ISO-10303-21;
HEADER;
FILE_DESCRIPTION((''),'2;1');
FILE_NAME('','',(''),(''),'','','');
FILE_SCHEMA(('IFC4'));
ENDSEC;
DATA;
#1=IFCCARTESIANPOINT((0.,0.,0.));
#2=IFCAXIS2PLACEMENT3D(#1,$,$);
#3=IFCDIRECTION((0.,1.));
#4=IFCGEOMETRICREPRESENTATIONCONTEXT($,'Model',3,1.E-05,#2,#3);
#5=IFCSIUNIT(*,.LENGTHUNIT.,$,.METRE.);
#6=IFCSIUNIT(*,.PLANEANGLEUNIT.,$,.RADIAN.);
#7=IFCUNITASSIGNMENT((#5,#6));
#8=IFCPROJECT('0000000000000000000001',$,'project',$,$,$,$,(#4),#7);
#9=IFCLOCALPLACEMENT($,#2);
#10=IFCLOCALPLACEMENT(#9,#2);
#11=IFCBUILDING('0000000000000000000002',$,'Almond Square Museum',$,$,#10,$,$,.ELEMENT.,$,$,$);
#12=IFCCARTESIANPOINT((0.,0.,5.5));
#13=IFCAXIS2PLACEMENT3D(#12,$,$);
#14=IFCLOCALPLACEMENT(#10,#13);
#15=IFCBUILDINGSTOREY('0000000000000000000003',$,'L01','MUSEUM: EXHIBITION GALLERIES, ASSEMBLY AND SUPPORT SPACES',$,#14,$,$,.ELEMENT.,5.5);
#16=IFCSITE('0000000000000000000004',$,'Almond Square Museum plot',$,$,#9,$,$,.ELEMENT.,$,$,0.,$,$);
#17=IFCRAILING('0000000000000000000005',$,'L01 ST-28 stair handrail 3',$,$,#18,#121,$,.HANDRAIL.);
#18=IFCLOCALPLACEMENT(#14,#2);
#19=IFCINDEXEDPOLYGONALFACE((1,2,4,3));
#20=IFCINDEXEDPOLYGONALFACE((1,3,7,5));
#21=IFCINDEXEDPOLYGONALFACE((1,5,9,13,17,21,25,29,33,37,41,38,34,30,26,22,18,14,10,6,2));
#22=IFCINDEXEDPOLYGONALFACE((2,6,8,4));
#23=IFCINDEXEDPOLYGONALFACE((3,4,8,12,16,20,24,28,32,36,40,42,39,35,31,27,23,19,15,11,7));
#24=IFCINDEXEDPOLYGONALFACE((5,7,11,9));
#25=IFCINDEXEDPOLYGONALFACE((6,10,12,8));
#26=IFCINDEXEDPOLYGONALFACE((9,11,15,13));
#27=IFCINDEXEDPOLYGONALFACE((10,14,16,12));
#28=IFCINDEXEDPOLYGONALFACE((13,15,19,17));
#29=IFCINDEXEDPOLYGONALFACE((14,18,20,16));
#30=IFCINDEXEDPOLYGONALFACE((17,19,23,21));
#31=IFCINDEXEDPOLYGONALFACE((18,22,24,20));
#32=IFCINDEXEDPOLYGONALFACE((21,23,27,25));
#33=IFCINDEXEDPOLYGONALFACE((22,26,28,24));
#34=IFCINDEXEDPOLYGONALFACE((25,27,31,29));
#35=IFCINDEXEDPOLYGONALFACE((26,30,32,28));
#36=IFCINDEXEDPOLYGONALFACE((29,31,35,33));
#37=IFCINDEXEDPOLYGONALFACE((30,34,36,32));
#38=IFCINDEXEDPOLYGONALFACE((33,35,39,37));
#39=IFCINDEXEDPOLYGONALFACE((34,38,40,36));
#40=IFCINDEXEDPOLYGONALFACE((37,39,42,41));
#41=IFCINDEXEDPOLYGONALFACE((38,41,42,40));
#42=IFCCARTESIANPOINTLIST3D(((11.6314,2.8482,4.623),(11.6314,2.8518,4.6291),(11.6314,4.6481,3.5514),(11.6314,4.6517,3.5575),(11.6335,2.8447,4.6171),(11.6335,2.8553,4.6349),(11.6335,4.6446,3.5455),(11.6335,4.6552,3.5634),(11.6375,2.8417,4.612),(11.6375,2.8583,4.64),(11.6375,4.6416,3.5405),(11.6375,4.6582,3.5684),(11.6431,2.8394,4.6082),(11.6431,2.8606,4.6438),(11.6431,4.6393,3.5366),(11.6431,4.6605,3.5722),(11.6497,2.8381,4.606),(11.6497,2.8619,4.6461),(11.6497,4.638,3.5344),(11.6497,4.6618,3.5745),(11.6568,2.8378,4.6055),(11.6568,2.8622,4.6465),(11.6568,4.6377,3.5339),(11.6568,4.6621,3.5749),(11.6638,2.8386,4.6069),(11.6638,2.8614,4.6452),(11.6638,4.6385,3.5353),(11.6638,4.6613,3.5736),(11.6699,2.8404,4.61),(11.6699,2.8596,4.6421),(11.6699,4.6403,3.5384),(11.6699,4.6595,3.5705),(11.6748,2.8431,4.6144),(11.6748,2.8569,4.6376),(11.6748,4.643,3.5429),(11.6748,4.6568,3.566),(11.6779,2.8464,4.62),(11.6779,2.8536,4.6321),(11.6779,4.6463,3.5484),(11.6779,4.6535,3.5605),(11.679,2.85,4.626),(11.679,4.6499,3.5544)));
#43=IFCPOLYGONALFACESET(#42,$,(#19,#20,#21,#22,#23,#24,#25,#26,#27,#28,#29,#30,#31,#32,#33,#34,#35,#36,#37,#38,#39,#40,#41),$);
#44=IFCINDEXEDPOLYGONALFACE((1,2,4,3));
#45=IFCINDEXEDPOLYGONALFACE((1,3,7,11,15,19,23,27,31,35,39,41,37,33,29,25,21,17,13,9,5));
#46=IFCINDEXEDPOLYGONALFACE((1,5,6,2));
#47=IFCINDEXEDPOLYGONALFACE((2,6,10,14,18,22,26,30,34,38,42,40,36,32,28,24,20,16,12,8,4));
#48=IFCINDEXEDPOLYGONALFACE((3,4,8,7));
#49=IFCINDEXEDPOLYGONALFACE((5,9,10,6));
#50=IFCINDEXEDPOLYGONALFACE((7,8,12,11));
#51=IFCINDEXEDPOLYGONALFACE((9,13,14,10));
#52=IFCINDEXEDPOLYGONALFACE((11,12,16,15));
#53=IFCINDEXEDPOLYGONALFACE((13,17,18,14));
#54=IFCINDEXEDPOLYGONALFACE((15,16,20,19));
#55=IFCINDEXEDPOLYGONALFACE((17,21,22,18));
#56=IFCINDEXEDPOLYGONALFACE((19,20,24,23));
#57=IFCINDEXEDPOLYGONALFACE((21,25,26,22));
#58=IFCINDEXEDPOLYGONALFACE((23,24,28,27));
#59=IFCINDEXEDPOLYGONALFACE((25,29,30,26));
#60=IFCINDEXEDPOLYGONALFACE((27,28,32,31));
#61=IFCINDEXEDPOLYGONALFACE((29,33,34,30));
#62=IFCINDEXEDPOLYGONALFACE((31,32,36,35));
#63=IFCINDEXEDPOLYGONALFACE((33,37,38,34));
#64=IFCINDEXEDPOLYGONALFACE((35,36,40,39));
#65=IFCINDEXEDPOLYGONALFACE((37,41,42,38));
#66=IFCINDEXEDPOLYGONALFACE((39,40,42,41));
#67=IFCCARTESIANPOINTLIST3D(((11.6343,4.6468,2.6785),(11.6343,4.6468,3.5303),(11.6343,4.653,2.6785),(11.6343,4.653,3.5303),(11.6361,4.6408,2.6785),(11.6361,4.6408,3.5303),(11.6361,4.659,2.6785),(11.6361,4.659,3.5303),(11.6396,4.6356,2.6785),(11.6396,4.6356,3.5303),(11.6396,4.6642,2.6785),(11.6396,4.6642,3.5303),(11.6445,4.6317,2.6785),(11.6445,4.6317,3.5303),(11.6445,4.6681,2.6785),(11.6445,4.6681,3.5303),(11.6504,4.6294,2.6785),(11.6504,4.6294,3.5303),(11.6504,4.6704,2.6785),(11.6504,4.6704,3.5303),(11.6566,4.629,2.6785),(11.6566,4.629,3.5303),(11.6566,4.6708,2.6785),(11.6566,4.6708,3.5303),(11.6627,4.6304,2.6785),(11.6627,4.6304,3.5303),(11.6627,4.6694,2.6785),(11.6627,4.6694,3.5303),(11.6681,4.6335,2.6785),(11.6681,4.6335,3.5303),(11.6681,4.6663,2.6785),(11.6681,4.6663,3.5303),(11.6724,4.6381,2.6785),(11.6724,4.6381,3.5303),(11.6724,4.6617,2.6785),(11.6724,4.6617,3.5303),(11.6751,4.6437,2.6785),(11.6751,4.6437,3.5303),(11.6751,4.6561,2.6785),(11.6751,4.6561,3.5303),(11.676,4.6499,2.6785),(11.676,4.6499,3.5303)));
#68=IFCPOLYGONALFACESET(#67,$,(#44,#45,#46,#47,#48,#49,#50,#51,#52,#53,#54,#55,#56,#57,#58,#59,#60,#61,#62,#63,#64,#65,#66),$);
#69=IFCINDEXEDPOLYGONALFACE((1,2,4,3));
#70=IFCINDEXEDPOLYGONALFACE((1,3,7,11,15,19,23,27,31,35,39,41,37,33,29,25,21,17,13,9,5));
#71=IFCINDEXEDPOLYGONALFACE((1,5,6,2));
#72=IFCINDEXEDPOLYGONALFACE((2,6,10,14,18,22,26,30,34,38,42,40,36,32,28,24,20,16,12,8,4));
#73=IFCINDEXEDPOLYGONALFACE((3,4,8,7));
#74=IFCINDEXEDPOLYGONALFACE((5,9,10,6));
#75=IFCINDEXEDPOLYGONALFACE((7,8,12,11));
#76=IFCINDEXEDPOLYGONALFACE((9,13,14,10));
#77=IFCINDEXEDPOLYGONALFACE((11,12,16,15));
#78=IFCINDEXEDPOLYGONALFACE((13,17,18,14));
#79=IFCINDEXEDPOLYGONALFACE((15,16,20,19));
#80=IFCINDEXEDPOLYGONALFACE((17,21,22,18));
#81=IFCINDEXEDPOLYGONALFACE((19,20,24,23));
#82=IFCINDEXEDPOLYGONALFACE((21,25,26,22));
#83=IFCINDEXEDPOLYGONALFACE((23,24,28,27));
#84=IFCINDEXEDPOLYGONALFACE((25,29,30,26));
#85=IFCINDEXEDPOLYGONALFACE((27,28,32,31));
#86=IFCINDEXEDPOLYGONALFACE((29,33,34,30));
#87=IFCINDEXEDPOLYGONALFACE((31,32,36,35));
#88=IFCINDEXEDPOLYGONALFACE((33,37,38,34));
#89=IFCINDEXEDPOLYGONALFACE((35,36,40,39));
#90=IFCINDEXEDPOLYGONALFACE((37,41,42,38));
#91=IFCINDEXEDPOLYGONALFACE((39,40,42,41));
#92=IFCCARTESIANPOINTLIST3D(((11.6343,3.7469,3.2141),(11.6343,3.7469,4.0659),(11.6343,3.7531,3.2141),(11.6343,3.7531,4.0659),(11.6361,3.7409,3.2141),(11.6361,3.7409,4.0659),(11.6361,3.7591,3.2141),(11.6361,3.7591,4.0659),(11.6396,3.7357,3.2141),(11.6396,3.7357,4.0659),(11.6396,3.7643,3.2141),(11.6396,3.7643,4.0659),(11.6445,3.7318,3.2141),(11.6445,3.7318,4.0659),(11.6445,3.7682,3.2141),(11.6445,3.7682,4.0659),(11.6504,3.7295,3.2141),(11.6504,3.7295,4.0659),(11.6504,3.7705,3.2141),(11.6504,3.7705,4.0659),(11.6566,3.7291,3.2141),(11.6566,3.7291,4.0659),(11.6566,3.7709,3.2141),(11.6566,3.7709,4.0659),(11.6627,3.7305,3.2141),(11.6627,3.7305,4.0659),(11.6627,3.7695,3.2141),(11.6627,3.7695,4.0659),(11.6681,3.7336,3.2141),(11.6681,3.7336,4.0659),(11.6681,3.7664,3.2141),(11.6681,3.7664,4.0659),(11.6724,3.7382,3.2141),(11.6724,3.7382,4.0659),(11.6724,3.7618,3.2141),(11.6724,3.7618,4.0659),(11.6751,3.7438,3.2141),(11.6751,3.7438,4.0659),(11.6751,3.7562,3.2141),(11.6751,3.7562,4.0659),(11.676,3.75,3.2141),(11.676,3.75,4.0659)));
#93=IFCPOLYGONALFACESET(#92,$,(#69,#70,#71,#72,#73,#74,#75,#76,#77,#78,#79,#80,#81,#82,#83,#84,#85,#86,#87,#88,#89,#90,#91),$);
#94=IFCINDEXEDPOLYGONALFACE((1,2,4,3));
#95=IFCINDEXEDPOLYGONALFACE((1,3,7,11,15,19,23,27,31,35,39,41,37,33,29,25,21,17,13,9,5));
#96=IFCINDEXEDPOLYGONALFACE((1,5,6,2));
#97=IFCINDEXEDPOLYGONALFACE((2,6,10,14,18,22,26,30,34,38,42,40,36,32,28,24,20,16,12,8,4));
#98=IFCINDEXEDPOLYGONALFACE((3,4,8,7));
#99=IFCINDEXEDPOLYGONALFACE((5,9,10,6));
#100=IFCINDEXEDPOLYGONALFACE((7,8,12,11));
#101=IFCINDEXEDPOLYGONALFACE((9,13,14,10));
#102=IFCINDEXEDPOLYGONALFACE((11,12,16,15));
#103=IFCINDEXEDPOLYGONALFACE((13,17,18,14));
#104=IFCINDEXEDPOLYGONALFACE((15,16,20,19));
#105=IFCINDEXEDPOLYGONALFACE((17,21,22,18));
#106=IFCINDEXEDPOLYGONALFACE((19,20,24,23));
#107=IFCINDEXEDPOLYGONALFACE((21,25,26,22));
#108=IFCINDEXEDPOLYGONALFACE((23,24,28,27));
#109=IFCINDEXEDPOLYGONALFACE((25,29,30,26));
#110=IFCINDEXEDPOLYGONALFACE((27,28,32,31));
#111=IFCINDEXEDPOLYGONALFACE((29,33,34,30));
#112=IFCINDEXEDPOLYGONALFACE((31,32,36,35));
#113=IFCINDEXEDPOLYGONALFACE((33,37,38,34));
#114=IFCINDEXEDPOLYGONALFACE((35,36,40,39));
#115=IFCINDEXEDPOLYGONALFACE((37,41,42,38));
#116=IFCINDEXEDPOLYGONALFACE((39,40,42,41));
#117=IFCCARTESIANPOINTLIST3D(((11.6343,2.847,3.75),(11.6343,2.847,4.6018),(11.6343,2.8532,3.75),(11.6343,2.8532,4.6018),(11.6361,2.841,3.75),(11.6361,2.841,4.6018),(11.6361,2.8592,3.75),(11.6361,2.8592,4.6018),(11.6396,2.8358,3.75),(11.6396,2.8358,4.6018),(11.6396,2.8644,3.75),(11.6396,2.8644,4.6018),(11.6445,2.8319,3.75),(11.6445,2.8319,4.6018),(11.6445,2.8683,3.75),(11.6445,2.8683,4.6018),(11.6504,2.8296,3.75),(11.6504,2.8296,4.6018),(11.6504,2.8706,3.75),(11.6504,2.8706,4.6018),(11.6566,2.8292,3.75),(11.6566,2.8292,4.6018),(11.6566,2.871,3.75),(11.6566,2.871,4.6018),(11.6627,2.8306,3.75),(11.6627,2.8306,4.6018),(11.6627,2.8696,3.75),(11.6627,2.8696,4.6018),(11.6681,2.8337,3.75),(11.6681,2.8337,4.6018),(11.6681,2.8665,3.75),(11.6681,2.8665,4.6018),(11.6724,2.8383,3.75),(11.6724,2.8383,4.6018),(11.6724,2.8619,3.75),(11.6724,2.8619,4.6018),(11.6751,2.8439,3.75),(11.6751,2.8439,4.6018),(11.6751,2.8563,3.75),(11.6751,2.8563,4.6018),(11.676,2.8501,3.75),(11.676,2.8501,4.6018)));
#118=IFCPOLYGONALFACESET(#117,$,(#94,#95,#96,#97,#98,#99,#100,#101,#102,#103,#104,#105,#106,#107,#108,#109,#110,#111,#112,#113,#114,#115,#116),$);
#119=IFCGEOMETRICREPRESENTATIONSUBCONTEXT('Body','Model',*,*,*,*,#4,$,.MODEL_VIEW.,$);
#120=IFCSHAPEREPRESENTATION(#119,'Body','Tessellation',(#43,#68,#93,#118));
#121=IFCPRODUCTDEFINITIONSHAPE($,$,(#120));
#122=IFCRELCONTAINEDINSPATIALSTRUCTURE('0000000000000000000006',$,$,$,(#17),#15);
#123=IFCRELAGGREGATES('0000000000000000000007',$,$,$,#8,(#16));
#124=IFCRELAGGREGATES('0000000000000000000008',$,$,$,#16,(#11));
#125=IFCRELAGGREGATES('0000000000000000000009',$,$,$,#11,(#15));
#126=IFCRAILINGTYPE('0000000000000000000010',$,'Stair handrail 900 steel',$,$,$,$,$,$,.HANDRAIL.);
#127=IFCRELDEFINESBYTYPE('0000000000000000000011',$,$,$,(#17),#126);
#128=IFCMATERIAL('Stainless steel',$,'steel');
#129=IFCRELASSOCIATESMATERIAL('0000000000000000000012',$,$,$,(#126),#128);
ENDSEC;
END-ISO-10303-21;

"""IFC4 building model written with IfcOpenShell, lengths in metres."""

from ifc_helpers import new_model, si_unit, direction, frame, origin, origin_2d, place, context, subcontext, project, spatial, circle, extrude, material, type_object, element, save


model = new_model("IFC4")

# Units and contexts
model_context = context("Model", 3, precision=1e-05, world=origin(), true_north=direction((0.0, 1.0)))
body_context = subcontext(model_context, "Body", "Model", "MODEL_VIEW")
ifc_project = project(units=[si_unit("LENGTHUNIT", "METRE"), si_unit("PLANEANGLEUNIT", "RADIAN")], contexts=[model_context])

# Site, building, storey
site_placement = place(None, origin())
site = spatial("IfcSite", under=ifc_project, at=site_placement, Name="Almond Square Museum plot", CompositionType="ELEMENT", RefElevation=0.0)
building_placement = place(site_placement, origin())
building = spatial("IfcBuilding", under=site, at=building_placement, Name="Almond Square Museum", CompositionType="ELEMENT")
storey_placement = place(building_placement, frame((0.0, 0.0, 5.5)))
storey = spatial("IfcBuildingStorey", under=building, at=storey_placement, Name="L01", Description="MUSEUM: EXHIBITION GALLERIES, ASSEMBLY AND SUPPORT SPACES", CompositionType="ELEMENT", Elevation=5.5)

# Railing
ifc_material_1 = material(Name="Stainless steel", Category="steel")
railing_type_1 = type_object("IfcRailingType", Name="Stair handrail 900 steel", PredefinedType="HANDRAIL", material=ifc_material_1)
railing_1_placement = place(storey_placement, frame((11.655, 4.6499, 2.6785)))
element("IfcRailing", 1, at=railing_1_placement, inside=storey, type_object=railing_type_1, Name="L01 ST-28 stair handrail 3", PredefinedType="HANDRAIL", context=body_context, shape_type="SweptSolid", body=[
    extrude(circle(Radius=0.0239, at=origin_2d()), frame((0.0, 0.0, 0.876), z_axis=(0.0, -0.859247, 0.511562), x_axis=(1.0, 0.0, 0.0)), (0.0, 0.0, 1.0), 2.0947),
    extrude(circle(Radius=0.021, at=origin_2d()), origin(), (0.0, 0.0, 1.0), 0.8518),
    extrude(circle(Radius=0.021, at=origin_2d()), frame((0.0, -0.8999, 0.5356)), (0.0, 0.0, 1.0), 0.8518),
    extrude(circle(Radius=0.021, at=origin_2d()), frame((0.0, -1.7998, 1.0715)), (0.0, 0.0, 1.0), 0.8518),
])

save(model, "model.ifc")
